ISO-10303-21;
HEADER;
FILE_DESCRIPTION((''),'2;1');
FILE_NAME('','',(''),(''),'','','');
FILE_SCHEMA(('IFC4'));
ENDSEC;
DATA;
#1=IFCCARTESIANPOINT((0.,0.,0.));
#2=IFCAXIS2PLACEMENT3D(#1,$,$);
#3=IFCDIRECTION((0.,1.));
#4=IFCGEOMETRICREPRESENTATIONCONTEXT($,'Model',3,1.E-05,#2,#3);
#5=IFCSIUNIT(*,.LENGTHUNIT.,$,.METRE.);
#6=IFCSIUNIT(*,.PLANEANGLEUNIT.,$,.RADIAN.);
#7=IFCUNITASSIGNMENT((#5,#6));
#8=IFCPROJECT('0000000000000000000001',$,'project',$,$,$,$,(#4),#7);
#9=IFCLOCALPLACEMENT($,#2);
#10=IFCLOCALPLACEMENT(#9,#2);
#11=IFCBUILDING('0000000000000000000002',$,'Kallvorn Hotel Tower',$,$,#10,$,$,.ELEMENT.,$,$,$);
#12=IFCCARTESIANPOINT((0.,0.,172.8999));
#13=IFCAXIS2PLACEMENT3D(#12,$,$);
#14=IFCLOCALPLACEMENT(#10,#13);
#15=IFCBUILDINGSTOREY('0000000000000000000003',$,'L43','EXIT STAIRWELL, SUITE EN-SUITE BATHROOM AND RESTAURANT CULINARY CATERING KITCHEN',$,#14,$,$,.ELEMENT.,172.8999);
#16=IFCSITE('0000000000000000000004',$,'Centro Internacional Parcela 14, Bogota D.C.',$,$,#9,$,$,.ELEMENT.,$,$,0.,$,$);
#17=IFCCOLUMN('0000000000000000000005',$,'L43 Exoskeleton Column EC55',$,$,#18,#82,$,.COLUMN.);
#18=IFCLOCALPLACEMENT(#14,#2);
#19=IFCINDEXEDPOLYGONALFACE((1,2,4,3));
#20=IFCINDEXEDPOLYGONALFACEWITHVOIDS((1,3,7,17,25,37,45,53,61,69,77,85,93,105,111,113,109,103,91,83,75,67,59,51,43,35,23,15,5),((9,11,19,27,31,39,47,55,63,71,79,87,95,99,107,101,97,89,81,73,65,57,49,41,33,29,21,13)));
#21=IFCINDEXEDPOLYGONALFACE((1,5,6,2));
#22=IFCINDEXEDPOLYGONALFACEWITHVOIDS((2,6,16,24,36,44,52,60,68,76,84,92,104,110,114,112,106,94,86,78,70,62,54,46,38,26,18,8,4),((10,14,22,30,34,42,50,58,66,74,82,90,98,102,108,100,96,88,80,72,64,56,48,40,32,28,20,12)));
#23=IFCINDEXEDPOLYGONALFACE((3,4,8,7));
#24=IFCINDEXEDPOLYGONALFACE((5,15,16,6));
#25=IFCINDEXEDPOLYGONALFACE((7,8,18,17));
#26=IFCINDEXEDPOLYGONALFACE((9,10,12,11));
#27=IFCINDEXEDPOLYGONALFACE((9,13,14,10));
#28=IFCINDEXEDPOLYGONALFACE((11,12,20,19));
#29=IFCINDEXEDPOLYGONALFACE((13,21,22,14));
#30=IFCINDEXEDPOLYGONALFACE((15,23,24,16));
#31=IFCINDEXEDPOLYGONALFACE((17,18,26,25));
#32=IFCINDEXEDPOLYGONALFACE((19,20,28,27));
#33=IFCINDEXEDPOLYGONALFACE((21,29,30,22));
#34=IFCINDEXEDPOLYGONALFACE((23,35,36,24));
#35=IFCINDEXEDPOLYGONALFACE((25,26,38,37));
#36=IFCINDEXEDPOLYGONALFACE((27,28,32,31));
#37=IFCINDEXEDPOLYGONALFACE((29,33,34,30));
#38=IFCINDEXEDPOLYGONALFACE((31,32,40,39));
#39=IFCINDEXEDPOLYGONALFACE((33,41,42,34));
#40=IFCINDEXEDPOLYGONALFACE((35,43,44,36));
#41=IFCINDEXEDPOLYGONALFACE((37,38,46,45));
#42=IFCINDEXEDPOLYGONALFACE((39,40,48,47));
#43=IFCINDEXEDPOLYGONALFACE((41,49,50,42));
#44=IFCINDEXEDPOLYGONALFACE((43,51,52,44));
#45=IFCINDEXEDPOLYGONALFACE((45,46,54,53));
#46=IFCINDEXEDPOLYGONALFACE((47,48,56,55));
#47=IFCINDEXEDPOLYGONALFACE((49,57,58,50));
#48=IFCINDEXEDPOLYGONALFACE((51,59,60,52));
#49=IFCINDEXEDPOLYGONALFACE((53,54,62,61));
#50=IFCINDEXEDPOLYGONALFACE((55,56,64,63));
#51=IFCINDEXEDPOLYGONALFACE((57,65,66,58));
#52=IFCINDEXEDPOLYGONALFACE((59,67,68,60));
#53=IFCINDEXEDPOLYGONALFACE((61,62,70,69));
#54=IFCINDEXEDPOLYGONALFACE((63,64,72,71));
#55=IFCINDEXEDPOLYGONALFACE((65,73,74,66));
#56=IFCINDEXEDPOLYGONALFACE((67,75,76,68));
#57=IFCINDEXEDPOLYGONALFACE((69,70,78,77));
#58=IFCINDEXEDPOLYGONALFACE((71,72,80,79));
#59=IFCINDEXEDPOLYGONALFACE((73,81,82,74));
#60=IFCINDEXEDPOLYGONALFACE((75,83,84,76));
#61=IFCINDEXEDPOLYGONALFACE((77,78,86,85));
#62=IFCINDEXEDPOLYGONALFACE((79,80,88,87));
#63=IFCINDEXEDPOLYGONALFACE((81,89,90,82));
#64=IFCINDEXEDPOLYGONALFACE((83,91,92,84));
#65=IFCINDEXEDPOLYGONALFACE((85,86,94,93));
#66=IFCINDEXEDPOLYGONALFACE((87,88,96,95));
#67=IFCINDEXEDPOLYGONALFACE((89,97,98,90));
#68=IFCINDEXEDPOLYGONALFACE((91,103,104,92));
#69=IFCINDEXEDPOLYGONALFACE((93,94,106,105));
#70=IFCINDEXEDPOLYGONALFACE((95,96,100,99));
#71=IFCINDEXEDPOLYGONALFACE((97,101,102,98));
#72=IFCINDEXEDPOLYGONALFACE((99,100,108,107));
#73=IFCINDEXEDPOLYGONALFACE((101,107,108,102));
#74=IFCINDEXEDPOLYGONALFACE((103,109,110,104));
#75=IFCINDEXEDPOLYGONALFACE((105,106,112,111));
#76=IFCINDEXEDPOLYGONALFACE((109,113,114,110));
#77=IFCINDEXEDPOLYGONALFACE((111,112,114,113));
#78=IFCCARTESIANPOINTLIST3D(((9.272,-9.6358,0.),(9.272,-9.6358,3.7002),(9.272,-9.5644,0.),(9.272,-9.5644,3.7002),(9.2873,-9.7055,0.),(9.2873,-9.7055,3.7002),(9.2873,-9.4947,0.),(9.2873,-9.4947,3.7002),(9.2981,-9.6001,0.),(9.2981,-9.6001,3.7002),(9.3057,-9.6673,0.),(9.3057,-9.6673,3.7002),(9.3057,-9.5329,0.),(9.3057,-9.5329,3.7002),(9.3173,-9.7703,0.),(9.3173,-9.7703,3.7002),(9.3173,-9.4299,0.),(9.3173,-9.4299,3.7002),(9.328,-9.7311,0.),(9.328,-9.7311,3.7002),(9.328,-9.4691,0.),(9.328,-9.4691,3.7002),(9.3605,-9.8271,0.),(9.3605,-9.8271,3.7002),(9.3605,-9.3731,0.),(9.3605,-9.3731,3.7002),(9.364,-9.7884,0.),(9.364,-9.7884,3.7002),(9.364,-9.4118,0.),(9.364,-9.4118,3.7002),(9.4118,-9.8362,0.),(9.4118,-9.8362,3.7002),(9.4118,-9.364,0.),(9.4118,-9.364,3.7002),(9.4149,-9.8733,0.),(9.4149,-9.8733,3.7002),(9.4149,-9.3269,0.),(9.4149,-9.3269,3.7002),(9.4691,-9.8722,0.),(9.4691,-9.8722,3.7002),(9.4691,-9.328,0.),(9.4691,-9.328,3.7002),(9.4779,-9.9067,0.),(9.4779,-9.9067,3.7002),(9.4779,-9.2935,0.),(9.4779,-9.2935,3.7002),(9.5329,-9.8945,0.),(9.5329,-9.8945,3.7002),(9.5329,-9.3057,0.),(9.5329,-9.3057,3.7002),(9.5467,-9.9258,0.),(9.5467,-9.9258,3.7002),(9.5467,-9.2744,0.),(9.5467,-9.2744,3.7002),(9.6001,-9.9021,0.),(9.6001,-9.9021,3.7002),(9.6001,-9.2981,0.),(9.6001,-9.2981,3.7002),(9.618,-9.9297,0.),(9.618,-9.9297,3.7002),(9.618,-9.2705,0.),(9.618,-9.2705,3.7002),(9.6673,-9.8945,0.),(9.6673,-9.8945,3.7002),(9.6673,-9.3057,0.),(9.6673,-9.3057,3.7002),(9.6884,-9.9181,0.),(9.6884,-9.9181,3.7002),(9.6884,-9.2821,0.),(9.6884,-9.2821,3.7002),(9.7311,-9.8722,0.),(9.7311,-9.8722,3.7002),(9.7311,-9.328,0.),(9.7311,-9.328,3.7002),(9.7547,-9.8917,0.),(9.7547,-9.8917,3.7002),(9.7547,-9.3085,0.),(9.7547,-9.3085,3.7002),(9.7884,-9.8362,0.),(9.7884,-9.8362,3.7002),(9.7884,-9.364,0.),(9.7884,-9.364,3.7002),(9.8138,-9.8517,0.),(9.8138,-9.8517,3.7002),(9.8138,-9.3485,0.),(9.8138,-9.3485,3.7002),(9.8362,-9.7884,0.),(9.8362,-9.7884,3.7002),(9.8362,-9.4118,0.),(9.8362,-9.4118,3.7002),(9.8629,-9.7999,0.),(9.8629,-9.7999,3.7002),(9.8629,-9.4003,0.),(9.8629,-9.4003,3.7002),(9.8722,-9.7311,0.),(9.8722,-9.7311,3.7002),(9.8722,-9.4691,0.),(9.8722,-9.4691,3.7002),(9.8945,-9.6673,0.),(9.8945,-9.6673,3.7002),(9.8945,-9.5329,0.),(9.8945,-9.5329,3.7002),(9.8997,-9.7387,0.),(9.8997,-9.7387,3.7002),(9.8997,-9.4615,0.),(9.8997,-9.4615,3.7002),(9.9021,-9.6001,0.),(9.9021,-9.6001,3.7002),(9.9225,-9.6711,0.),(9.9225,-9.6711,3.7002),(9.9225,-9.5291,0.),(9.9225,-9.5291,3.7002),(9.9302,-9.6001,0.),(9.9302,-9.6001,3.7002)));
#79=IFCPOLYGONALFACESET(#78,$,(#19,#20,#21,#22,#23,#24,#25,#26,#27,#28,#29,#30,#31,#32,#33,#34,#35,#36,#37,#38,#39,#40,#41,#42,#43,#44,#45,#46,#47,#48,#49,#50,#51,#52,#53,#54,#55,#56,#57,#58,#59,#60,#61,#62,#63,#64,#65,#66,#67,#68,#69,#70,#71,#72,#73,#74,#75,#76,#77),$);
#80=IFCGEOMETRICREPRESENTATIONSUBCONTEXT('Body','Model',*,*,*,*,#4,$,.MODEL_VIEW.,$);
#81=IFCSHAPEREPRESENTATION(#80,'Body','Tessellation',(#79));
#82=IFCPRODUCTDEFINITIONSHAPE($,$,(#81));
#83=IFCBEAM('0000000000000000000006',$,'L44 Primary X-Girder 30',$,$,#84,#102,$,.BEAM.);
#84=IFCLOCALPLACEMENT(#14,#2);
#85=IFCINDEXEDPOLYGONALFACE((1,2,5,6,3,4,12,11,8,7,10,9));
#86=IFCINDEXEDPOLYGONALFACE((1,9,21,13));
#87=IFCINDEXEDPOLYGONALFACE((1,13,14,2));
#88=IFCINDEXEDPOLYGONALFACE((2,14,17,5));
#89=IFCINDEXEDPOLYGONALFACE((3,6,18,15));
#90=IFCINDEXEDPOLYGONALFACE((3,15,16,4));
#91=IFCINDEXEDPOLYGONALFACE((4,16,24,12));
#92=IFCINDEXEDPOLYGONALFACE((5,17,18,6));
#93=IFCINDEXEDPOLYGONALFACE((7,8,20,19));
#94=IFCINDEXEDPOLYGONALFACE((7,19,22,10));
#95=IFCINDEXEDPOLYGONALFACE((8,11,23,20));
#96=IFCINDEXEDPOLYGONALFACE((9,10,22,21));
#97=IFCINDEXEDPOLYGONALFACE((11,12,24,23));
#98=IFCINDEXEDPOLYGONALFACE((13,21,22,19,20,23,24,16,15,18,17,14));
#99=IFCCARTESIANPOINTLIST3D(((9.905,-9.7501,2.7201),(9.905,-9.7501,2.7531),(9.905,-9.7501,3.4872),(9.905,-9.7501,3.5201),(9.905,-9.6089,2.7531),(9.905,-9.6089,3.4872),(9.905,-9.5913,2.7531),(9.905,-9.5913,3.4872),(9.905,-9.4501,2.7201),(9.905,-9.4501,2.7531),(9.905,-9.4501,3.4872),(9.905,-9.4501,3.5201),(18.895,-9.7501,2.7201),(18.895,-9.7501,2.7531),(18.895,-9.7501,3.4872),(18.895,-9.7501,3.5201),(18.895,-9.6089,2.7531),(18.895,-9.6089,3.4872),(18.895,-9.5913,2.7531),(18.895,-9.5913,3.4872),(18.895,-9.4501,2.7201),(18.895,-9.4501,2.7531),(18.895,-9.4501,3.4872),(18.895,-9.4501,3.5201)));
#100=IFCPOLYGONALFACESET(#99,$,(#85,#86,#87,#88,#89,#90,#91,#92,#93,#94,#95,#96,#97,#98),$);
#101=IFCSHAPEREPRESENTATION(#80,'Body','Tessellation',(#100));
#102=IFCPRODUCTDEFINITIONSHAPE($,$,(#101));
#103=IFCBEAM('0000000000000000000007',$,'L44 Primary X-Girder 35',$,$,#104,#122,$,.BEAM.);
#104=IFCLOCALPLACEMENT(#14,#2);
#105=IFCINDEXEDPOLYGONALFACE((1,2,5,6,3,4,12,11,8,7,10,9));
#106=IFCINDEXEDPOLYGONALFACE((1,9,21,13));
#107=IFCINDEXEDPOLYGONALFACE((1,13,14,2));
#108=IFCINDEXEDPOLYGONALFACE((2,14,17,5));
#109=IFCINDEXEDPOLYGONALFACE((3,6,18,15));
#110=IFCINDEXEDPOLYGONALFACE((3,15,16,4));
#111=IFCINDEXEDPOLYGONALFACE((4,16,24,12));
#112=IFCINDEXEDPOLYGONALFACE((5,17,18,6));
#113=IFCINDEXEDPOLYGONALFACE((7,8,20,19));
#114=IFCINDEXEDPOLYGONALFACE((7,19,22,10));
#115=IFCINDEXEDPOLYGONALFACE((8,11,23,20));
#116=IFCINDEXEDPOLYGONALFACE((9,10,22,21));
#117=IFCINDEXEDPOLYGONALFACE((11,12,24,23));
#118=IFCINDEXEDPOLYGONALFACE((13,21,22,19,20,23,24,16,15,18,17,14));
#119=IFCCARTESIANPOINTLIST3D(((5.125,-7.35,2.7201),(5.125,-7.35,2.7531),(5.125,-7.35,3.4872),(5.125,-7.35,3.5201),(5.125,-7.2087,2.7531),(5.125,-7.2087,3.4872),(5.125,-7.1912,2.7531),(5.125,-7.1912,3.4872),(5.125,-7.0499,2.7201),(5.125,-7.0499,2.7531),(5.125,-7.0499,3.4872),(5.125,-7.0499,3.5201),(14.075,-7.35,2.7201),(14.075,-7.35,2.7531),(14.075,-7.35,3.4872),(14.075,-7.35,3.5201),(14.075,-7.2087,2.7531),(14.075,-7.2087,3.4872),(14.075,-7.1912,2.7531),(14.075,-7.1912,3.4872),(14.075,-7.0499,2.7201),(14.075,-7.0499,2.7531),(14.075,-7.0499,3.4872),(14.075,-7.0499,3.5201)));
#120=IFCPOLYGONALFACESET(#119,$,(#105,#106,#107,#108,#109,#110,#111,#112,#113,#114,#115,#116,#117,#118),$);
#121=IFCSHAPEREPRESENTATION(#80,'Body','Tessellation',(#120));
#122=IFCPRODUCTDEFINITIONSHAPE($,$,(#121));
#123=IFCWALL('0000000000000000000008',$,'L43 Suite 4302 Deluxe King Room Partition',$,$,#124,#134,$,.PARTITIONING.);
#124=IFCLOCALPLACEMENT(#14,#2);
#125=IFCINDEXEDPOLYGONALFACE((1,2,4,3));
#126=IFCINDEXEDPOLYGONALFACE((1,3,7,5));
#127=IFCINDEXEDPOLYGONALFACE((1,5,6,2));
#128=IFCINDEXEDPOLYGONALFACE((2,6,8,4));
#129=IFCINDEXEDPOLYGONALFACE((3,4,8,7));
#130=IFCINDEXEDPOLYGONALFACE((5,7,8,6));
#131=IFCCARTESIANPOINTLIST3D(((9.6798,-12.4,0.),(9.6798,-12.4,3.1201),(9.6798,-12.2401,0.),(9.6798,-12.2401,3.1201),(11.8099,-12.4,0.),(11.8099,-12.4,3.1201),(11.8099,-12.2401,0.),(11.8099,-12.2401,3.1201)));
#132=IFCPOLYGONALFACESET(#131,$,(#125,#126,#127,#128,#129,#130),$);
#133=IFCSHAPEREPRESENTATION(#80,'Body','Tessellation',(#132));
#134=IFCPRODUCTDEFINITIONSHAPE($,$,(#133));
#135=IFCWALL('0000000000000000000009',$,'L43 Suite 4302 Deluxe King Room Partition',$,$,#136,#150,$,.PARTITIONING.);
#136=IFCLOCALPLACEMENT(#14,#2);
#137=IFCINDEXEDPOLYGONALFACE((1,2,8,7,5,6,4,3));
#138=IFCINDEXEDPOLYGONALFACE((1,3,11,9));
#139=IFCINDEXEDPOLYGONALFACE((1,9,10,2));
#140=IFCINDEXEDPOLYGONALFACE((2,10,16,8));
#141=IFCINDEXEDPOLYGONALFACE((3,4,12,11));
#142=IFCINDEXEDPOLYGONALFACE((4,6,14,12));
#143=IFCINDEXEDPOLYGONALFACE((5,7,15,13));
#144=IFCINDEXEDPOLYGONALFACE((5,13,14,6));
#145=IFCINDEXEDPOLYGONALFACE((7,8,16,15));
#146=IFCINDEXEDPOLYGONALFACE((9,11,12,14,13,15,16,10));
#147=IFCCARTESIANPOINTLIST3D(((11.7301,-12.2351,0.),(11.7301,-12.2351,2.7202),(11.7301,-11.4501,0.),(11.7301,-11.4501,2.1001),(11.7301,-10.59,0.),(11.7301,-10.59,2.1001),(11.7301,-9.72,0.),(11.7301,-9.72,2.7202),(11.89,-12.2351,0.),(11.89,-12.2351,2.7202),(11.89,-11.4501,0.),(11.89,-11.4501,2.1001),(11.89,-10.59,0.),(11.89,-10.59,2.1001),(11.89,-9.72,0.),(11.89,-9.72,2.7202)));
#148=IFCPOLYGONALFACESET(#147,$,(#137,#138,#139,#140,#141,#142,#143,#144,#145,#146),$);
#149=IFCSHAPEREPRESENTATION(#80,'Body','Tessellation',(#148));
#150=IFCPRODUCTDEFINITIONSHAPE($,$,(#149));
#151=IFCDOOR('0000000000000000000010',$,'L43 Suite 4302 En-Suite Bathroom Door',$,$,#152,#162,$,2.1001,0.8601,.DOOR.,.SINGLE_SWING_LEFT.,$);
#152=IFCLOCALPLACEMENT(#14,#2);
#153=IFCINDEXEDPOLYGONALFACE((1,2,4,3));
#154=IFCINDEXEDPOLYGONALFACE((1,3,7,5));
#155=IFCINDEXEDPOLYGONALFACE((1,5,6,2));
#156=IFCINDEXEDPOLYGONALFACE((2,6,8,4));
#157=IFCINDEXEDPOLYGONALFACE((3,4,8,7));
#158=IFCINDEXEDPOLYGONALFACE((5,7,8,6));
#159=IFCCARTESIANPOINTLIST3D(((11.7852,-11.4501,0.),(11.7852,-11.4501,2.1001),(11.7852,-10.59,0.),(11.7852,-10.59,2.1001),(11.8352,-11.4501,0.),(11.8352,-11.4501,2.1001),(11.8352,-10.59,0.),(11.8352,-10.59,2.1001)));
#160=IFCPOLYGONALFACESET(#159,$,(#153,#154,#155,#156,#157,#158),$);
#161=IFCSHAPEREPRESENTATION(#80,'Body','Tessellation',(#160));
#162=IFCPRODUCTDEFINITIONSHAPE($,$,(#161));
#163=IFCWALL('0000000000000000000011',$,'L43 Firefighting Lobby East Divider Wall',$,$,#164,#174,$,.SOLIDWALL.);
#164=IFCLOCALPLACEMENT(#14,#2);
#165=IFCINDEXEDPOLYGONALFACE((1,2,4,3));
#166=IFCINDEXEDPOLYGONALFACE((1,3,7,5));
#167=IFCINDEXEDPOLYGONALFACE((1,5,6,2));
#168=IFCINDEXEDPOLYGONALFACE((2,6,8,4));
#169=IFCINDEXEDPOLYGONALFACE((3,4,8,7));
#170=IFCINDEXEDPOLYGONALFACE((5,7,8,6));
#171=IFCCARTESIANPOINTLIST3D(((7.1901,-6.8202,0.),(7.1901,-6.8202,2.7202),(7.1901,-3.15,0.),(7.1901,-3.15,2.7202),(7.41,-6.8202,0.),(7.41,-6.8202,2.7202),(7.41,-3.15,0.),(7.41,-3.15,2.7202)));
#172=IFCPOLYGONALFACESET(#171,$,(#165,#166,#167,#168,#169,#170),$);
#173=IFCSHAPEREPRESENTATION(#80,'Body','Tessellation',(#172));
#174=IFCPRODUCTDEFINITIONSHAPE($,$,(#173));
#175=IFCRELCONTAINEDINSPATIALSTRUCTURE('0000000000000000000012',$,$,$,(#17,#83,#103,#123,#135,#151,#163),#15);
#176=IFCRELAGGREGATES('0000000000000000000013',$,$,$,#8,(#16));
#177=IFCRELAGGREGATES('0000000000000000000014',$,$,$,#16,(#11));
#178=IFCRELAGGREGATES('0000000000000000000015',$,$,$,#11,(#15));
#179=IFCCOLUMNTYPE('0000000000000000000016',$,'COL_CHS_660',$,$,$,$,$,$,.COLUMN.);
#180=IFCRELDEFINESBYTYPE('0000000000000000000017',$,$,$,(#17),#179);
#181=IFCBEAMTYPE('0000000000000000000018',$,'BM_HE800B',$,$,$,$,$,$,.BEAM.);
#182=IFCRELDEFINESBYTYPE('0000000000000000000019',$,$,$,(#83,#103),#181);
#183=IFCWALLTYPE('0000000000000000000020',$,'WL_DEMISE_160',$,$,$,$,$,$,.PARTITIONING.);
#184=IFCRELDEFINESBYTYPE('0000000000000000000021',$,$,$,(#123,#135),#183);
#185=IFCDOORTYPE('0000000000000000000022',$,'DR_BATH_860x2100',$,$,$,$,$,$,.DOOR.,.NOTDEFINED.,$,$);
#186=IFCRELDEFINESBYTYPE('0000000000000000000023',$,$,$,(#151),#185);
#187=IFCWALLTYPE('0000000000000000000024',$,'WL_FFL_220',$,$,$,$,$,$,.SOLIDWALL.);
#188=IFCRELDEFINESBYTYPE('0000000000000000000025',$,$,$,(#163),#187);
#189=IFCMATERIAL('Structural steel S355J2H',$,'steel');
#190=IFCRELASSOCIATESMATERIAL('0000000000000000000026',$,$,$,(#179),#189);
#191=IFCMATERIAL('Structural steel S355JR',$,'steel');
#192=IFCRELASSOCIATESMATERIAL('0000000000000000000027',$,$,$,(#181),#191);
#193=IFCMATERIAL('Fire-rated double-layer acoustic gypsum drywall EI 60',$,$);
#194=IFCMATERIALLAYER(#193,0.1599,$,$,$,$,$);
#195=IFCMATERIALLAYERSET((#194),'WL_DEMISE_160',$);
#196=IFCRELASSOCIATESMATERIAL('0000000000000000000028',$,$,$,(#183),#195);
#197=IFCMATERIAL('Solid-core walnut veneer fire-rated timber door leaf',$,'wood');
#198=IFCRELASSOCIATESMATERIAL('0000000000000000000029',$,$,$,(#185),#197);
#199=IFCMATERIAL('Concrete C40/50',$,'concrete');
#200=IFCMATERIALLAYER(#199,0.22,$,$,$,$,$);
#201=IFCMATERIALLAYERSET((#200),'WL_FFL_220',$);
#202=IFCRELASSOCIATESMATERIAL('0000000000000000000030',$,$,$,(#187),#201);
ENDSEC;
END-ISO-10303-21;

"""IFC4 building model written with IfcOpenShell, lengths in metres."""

from ifc_helpers import new_model, si_unit, direction, frame, frame_2d, origin, origin_2d, place, context, subcontext, project, spatial, rectangle, hollow_circle, i_section, extrude, material, layer, layer_set, material_profile, profile_set, type_object, element, fill, save


model = new_model("IFC4")

# Units and contexts
model_context = context("Model", 3, precision=1e-05, world=origin(), true_north=direction((0.0, 1.0)))
body_context = subcontext(model_context, "Body", "Model", "MODEL_VIEW")
ifc_project = project(units=[si_unit("LENGTHUNIT", "METRE"), si_unit("PLANEANGLEUNIT", "RADIAN")], contexts=[model_context])

# Site, building, storey
site_placement = place(None, origin())
site = spatial("IfcSite", under=ifc_project, at=site_placement, Name="Centro Internacional Parcela 14, Bogota D.C.", CompositionType="ELEMENT", RefElevation=0.0)
building_placement = place(site_placement, origin())
building = spatial("IfcBuilding", under=site, at=building_placement, Name="Kallvorn Hotel Tower", CompositionType="ELEMENT")
storey_placement = place(building_placement, frame((0.0, 0.0, 172.8999)))
storey = spatial("IfcBuildingStorey", under=building, at=storey_placement, Name="L43", Description="EXIT STAIRWELL, SUITE EN-SUITE BATHROOM AND RESTAURANT CULINARY CATERING KITCHEN", CompositionType="ELEMENT", Elevation=172.8999)

# Column
ifc_material_1 = material(Name="Structural steel S355J2H", Category="steel")
ifc_material_profile_1 = material_profile(ifc_material_1, hollow_circle(Radius=0.3301, WallThickness=0.0281, at=origin_2d()), Name="CHS 660x28")
ifc_profile_set_1 = profile_set([ifc_material_profile_1], Name="Structural steel S355J2H")
column_type = type_object("IfcColumnType", Name="COL_CHS_660", PredefinedType="COLUMN", material=ifc_profile_set_1)
column_placement = place(storey_placement, frame((9.6001, -9.6001, 0.0), z_axis=(0.0, 0.0, 1.0), x_axis=(1.0, 0.0, 0.0)))
element("IfcColumn", 1, at=column_placement, inside=storey, type_object=column_type, Name="L43 Exoskeleton Column EC55", PredefinedType="COLUMN", context=body_context, shape_type="SweptSolid", body=[
    extrude(hollow_circle(Radius=0.3301, WallThickness=0.0281, at=origin_2d()), origin(), (0.0, 0.0, 1.0), 3.7002),
])

# Beams
ifc_material_2 = material(Name="Structural steel S355JR", Category="steel")
ifc_material_profile_2 = material_profile(ifc_material_2, i_section(OverallWidth=0.3, OverallDepth=0.8, WebThickness=0.0176, FlangeThickness=0.033, at=origin_2d()), Name="HE 800 B")
ifc_profile_set_2 = profile_set([ifc_material_profile_2], Name="Structural steel S355JR")
beam_type = type_object("IfcBeamType", Name="BM_HE800B", PredefinedType="BEAM", material=ifc_profile_set_2)
beam_1_placement = place(storey_placement, frame((9.905, -9.6001, 3.1201), z_axis=(1.0, 0.0, 0.0), x_axis=(0.0, 1.0, 0.0)))
element("IfcBeam", 2, at=beam_1_placement, inside=storey, type_object=beam_type, Name="L44 Primary X-Girder 30", PredefinedType="BEAM", context=body_context, shape_type="SweptSolid", body=[
    extrude(i_section(OverallWidth=0.3, OverallDepth=0.8, WebThickness=0.0176, FlangeThickness=0.033, at=origin_2d()), origin(), (0.0, 0.0, 1.0), 8.99),
])
beam_2_placement = place(storey_placement, frame((5.125, -7.2, 3.1201), z_axis=(1.0, 0.0, 0.0), x_axis=(0.0, 1.0, 0.0)))
element("IfcBeam", 3, at=beam_2_placement, inside=storey, type_object=beam_type, Name="L44 Primary X-Girder 35", PredefinedType="BEAM", context=body_context, shape_type="SweptSolid", body=[
    extrude(i_section(OverallWidth=0.3, OverallDepth=0.8, WebThickness=0.0176, FlangeThickness=0.033, at=origin_2d()), origin(), (0.0, 0.0, 1.0), 8.95),
])

# Wall
ifc_material_3 = material(Name="Fire-rated double-layer acoustic gypsum drywall EI 60")
ifc_layer_1 = layer(ifc_material_3, 0.1599)
ifc_layer_set_1 = layer_set([ifc_layer_1], Name="WL_DEMISE_160")
wall_type_1 = type_object("IfcWallType", Name="WL_DEMISE_160", PredefinedType="PARTITIONING", material=ifc_layer_set_1)
wall_1_placement = place(storey_placement, frame((9.6799, -12.3201, 0.0), z_axis=(0.0, 0.0, 1.0), x_axis=(1.0, 0.0, 0.0)))
element("IfcWall", 4, at=wall_1_placement, inside=storey, type_object=wall_type_1, Name="L43 Suite 4302 Deluxe King Room Partition", PredefinedType="PARTITIONING", context=body_context, shape_type="SweptSolid", body=[
    extrude(rectangle(XDim=2.1301, YDim=0.1599, at=frame_2d((1.0649, 0.0))), origin(), (0.0, 0.0, 1.0), 3.1201),
])

# Wall, opening, door
wall_2_placement = place(storey_placement, frame((11.8101, -12.2351, 0.0), z_axis=(0.0, 0.0, 1.0), x_axis=(0.0, 1.0, 0.0)))
wall_2 = element("IfcWall", 5, at=wall_2_placement, inside=storey, type_object=wall_type_1, Name="L43 Suite 4302 Deluxe King Room Partition", PredefinedType="PARTITIONING", context=body_context, shape_type="SweptSolid", body=[
    extrude(rectangle(XDim=2.5151, YDim=0.1599, at=frame_2d((1.2576, 0.0))), origin(), (0.0, 0.0, 1.0), 2.7202),
])
opening_1_placement = place(wall_2_placement, frame((0.7849, 0.0, 0.0)))
opening_1 = element("IfcOpeningElement", 6, at=opening_1_placement, cuts=wall_2, PredefinedType="OPENING", context=body_context, shape_type="SweptSolid", body=[
    extrude(rectangle(XDim=0.8601, YDim=2.1001, at=frame_2d((0.4302, 1.05))), frame((0.0, 0.095, 0.0), z_axis=(0.0, -1.0, 0.0), x_axis=(1.0, 0.0, 0.0)), (0.0, 0.0, 1.0), 0.1899),
])
ifc_material_4 = material(Name="Solid-core walnut veneer fire-rated timber door leaf", Category="wood")
door_type_1 = type_object("IfcDoorType", Name="DR_BATH_860x2100", OperationType="NOTDEFINED", PredefinedType="DOOR", material=ifc_material_4)
door_1_placement = place(opening_1_placement, origin())
door_1 = element("IfcDoor", 7, at=door_1_placement, inside=storey, type_object=door_type_1, Name="L43 Suite 4302 En-Suite Bathroom Door", OperationType="SINGLE_SWING_LEFT", OverallHeight=2.1001, OverallWidth=0.8601, PredefinedType="DOOR", context=body_context, shape_type="SweptSolid", body=[
    extrude(rectangle(XDim=0.8601, YDim=2.1001, at=frame_2d((0.4302, 1.05))), frame((0.0, 0.0249, 0.0), z_axis=(0.0, -1.0, 0.0), x_axis=(1.0, 0.0, 0.0)), (0.0, 0.0, 1.0), 0.05),
])
fill(opening_1, door_1)

# Wall
ifc_material_5 = material(Name="Concrete C40/50", Category="concrete")
ifc_layer_2 = layer(ifc_material_5, 0.22)
ifc_layer_set_2 = layer_set([ifc_layer_2], Name="WL_FFL_220")
wall_type_2 = type_object("IfcWallType", Name="WL_FFL_220", PredefinedType="SOLIDWALL", material=ifc_layer_set_2)
wall_3_placement = place(storey_placement, frame((7.3, -6.8201, 0.0), z_axis=(0.0, 0.0, 1.0), x_axis=(0.0, 1.0, 0.0)))
element("IfcWall", 8, at=wall_3_placement, inside=storey, type_object=wall_type_2, Name="L43 Firefighting Lobby East Divider Wall", PredefinedType="SOLIDWALL", context=body_context, shape_type="SweptSolid", body=[
    extrude(rectangle(XDim=3.6702, YDim=0.22, at=frame_2d((1.835, 0.0))), origin(), (0.0, 0.0, 1.0), 2.7202),
])

save(model, "model.ifc")
